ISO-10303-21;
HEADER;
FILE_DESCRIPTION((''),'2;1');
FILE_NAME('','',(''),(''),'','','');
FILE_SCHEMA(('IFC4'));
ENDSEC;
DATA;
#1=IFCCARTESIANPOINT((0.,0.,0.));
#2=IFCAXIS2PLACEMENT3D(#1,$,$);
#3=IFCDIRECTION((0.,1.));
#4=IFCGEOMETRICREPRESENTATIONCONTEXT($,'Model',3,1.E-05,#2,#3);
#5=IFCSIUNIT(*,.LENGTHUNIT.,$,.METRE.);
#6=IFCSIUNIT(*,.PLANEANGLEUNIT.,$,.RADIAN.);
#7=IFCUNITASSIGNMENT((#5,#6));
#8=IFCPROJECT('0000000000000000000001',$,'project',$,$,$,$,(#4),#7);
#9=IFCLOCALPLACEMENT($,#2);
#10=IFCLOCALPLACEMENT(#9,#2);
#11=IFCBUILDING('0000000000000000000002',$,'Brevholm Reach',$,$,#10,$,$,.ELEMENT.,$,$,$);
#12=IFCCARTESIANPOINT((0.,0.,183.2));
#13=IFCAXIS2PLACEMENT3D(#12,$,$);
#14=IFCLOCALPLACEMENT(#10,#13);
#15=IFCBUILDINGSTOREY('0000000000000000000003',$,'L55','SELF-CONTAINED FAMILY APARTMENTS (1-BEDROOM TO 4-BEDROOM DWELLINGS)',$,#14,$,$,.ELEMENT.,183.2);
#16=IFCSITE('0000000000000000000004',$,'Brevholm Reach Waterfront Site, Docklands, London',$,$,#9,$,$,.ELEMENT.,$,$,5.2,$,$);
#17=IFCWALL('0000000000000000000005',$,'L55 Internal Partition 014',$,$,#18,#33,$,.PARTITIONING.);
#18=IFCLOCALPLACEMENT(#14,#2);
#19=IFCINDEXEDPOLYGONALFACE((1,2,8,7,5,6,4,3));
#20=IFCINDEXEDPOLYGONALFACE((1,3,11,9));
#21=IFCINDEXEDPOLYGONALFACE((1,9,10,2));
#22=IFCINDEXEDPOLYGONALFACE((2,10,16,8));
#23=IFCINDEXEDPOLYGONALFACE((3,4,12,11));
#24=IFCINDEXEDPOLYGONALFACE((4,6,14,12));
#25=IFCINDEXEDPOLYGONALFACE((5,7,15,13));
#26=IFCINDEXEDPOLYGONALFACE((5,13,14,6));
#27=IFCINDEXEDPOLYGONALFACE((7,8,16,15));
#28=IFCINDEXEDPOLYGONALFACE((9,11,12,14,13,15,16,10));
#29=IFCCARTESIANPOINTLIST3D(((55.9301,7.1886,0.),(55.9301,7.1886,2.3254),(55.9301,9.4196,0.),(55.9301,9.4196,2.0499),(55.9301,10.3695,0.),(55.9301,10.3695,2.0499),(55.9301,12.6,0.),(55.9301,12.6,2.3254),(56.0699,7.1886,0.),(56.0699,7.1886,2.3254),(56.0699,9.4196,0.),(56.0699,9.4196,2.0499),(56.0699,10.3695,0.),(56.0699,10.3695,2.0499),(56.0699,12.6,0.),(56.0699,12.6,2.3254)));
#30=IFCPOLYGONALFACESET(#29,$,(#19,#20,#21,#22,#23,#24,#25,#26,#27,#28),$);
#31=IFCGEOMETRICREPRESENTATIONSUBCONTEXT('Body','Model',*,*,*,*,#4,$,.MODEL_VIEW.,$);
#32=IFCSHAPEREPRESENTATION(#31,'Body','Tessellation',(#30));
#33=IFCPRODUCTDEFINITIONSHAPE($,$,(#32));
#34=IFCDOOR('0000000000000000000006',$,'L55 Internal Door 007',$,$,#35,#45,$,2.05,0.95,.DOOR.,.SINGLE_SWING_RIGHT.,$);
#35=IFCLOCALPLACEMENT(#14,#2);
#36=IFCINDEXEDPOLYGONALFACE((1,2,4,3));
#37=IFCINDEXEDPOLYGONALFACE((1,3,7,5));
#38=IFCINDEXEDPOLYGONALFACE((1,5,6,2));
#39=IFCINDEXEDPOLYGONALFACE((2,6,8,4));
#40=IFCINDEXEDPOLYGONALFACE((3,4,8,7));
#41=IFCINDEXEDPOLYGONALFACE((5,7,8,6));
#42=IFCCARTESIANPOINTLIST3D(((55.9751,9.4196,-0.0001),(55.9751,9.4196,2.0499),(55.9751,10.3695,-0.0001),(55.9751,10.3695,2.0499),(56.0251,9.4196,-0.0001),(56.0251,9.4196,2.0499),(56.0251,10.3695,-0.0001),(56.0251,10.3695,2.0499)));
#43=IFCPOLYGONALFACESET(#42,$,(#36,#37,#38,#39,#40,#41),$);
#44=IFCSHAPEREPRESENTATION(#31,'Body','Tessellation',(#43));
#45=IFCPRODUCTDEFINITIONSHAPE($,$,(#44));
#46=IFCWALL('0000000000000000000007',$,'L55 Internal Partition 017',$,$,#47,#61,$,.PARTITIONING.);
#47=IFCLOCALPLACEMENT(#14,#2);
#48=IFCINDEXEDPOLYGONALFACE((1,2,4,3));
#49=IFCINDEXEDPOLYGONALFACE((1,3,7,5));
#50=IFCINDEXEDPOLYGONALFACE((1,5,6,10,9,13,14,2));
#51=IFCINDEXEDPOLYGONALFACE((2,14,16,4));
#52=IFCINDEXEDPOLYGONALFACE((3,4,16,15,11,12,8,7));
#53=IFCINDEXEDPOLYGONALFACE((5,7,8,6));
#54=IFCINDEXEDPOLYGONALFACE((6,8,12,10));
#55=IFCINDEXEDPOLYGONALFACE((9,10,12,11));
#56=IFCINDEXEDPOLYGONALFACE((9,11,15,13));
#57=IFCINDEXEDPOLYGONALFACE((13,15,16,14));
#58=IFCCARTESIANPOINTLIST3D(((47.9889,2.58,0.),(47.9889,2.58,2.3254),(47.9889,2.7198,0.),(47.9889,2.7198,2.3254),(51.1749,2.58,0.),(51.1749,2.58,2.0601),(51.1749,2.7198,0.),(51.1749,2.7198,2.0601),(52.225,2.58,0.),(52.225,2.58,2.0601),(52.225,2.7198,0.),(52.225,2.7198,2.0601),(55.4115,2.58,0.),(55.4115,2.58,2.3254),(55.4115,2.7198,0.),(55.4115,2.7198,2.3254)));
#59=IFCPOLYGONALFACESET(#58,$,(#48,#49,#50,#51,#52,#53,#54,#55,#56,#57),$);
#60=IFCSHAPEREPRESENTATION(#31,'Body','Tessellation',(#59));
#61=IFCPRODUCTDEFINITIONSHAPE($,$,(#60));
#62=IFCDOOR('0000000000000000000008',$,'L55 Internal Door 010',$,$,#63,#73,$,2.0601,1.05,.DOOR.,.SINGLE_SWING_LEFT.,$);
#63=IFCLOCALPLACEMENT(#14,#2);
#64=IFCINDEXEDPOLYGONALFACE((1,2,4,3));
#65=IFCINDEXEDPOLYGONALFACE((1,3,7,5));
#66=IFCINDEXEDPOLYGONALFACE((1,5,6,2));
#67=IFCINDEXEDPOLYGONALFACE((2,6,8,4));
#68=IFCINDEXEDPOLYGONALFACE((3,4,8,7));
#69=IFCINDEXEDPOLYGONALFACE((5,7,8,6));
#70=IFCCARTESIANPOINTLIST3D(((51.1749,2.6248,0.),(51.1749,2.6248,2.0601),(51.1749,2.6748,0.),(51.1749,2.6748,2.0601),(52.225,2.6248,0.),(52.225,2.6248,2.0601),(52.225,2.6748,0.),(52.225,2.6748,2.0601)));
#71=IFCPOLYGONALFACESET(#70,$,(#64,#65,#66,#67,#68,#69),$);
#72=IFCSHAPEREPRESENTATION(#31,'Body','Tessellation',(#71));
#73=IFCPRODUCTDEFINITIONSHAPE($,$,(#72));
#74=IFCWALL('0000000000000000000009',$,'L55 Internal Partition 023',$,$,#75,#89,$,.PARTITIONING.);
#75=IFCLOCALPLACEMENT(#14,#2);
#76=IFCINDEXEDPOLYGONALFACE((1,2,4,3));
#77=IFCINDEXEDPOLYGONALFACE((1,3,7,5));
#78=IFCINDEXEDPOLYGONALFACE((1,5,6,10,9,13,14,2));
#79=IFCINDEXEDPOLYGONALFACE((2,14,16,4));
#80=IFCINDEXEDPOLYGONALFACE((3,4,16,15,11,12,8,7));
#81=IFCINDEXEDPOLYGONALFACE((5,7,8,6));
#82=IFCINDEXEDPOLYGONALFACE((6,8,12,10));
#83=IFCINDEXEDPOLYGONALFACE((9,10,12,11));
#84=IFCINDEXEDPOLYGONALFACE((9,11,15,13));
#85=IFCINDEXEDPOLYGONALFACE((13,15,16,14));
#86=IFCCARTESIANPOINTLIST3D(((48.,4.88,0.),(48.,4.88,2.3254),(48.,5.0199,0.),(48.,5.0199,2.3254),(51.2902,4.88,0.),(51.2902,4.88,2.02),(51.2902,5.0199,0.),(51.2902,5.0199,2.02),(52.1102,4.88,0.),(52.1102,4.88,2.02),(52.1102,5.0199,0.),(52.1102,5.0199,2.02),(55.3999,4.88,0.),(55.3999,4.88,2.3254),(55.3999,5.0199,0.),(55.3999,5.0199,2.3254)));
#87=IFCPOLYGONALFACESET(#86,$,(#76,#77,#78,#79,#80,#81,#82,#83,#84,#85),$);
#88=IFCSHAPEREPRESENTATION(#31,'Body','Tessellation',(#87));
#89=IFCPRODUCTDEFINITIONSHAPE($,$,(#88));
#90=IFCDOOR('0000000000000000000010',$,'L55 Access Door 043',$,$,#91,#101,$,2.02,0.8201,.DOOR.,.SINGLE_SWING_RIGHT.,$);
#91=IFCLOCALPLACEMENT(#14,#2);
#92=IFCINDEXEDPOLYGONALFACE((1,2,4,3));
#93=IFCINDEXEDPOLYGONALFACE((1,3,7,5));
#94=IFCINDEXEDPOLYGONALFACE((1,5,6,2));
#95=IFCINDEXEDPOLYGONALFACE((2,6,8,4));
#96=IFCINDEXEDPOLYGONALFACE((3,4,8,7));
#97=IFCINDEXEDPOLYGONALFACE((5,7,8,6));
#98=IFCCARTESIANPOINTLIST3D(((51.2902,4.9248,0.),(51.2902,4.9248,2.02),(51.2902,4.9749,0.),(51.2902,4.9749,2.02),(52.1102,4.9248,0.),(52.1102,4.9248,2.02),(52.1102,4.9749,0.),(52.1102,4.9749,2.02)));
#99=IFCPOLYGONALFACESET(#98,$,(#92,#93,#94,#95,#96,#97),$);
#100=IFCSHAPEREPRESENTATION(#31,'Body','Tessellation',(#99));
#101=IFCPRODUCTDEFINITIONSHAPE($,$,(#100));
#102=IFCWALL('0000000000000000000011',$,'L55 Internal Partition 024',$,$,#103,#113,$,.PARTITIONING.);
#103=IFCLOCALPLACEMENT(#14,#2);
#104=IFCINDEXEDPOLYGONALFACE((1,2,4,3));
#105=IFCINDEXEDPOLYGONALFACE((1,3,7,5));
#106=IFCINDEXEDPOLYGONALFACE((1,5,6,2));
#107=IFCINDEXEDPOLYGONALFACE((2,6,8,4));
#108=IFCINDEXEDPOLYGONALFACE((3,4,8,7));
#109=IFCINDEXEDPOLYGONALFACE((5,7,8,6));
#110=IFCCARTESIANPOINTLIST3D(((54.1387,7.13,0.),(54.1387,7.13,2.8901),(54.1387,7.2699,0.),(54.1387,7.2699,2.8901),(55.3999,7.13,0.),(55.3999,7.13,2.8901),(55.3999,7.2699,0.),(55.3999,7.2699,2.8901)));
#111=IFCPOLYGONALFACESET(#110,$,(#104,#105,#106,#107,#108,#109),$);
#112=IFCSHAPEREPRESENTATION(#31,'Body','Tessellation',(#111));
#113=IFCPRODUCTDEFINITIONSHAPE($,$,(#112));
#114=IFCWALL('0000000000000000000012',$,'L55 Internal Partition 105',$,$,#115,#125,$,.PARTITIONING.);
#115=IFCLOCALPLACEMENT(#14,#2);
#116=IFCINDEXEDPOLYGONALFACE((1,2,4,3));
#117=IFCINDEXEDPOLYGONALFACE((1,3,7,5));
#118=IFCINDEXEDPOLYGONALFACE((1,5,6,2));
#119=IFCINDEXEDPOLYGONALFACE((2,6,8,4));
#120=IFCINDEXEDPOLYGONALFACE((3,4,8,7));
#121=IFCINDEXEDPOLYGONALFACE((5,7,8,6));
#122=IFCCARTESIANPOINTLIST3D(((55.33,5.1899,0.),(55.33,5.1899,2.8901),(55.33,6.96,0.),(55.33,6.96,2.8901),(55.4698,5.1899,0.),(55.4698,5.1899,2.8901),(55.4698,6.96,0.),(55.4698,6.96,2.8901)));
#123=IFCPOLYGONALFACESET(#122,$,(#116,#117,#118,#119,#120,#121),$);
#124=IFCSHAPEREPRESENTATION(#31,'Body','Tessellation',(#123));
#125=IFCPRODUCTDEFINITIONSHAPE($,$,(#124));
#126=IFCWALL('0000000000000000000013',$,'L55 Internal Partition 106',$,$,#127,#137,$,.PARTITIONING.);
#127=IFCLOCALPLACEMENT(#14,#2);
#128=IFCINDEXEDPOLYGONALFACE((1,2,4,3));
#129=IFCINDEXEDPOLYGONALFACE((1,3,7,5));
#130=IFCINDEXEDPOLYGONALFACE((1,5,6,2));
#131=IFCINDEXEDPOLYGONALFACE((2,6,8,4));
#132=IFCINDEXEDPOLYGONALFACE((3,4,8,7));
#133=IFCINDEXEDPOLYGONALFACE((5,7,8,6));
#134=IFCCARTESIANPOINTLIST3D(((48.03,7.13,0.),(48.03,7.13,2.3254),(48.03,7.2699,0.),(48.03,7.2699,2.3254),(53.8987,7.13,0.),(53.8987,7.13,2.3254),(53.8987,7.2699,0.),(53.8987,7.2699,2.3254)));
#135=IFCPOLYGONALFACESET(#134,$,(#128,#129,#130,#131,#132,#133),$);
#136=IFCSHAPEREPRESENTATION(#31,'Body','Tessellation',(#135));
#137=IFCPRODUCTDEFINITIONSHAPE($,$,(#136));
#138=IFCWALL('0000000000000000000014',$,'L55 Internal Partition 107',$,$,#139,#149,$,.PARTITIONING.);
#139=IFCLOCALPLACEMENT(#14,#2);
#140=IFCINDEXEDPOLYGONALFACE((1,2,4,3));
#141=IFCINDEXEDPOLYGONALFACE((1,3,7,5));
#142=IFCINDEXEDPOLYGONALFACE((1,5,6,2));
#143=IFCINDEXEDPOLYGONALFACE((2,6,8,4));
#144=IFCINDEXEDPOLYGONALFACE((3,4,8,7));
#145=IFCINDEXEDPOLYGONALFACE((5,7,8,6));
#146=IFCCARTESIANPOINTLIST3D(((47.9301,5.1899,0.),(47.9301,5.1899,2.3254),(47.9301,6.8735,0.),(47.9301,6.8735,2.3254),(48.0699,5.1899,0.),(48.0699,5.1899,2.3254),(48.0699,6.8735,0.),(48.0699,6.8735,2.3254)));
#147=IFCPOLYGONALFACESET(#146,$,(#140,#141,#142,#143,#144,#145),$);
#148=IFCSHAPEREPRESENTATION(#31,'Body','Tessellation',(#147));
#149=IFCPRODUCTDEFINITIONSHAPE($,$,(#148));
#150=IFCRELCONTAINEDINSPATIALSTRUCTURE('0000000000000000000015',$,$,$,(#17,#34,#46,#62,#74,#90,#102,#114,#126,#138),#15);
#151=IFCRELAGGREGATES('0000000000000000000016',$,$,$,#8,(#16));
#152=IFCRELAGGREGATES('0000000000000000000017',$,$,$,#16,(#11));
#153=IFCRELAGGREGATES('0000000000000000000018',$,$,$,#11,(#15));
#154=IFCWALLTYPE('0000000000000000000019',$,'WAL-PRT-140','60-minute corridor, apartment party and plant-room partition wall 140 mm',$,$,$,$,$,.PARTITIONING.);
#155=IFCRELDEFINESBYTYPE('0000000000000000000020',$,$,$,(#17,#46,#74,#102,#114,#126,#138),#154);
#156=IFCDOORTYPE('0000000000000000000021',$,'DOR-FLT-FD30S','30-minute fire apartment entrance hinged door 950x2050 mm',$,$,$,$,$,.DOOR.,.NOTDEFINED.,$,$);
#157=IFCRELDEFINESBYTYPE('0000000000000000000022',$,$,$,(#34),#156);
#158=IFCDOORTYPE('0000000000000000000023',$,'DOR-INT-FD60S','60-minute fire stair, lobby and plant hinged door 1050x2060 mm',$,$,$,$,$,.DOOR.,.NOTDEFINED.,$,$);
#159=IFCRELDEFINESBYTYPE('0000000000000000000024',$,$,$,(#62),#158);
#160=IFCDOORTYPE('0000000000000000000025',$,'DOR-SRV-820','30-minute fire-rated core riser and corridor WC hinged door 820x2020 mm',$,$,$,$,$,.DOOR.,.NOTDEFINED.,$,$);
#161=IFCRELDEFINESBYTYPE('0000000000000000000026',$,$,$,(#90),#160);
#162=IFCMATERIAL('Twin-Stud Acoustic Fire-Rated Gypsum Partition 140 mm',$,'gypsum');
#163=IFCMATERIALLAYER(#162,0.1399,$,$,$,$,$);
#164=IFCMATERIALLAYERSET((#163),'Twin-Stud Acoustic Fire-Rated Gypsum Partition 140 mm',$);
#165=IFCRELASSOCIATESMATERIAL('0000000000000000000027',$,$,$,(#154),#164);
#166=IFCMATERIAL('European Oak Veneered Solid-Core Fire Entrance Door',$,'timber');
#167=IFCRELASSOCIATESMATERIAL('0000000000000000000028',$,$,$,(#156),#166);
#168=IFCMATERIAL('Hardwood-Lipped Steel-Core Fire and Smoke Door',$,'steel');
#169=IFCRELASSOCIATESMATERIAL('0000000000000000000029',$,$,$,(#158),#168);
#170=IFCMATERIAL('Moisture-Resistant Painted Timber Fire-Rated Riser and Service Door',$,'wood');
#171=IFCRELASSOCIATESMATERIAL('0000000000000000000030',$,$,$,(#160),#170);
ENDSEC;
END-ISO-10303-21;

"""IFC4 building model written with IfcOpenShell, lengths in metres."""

from ifc_helpers import new_model, si_unit, direction, frame, frame_2d, origin, place, context, subcontext, project, spatial, rectangle, extrude, material, layer, layer_set, type_object, element, fill, save


model = new_model("IFC4")

# Units and contexts
model_context = context("Model", 3, precision=1e-05, world=origin(), true_north=direction((0.0, 1.0)))
body_context = subcontext(model_context, "Body", "Model", "MODEL_VIEW")
ifc_project = project(units=[si_unit("LENGTHUNIT", "METRE"), si_unit("PLANEANGLEUNIT", "RADIAN")], contexts=[model_context])

# Site, building, storey
site_placement = place(None, origin())
site = spatial("IfcSite", under=ifc_project, at=site_placement, Name="Brevholm Reach Waterfront Site, Docklands, London", CompositionType="ELEMENT", RefElevation=5.2)
building_placement = place(site_placement, origin())
building = spatial("IfcBuilding", under=site, at=building_placement, Name="Brevholm Reach", CompositionType="ELEMENT")
storey_placement = place(building_placement, frame((0.0, 0.0, 183.2)))
storey = spatial("IfcBuildingStorey", under=building, at=storey_placement, Name="L55", Description="SELF-CONTAINED FAMILY APARTMENTS (1-BEDROOM TO 4-BEDROOM DWELLINGS)", CompositionType="ELEMENT", Elevation=183.2)

# Walls, openings, doors
ifc_material_1 = material(Name="Twin-Stud Acoustic Fire-Rated Gypsum Partition 140 mm", Category="gypsum")
ifc_layer_1 = layer(ifc_material_1, 0.1399)
ifc_layer_set_1 = layer_set([ifc_layer_1], Name="Twin-Stud Acoustic Fire-Rated Gypsum Partition 140 mm")
wall_type_1 = type_object("IfcWallType", Name="WAL-PRT-140", Description="60-minute corridor, apartment party and plant-room partition wall 140 mm", PredefinedType="PARTITIONING", material=ifc_layer_set_1)
wall_1_placement = place(storey_placement, frame((56.0, 7.1887, 0.0), z_axis=(0.0, 0.0, 1.0), x_axis=(0.0, 1.0, 0.0)))
wall_1 = element("IfcWall", 1, at=wall_1_placement, inside=storey, type_object=wall_type_1, Name="L55 Internal Partition 014", PredefinedType="PARTITIONING", context=body_context, shape_type="SweptSolid", body=[
    extrude(rectangle(XDim=5.4114, YDim=0.1399, at=frame_2d((2.7056, 0.0))), origin(), (0.0, 0.0, 1.0), 2.3254),
])
opening_1_placement = place(wall_1_placement, frame((2.2307, 0.0, 0.0)))
opening_1 = element("IfcOpeningElement", 2, at=opening_1_placement, cuts=wall_1, PredefinedType="OPENING", context=body_context, shape_type="SweptSolid", body=[
    extrude(rectangle(XDim=0.95, YDim=2.05, at=frame_2d((0.4751, 1.0249))), frame((0.0, 0.0798, 0.0), z_axis=(0.0, -1.0, 0.0), x_axis=(1.0, 0.0, 0.0)), (0.0, 0.0, 1.0), 0.1599),
])
ifc_material_2 = material(Name="European Oak Veneered Solid-Core Fire Entrance Door", Category="timber")
door_type_1 = type_object("IfcDoorType", Name="DOR-FLT-FD30S", Description="30-minute fire apartment entrance hinged door 950x2050 mm", OperationType="NOTDEFINED", PredefinedType="DOOR", material=ifc_material_2)
door_1_placement = place(opening_1_placement, origin())
door_1 = element("IfcDoor", 3, at=door_1_placement, inside=storey, type_object=door_type_1, Name="L55 Internal Door 007", OperationType="SINGLE_SWING_RIGHT", OverallHeight=2.05, OverallWidth=0.95, PredefinedType="DOOR", context=body_context, shape_type="SweptSolid", body=[
    extrude(rectangle(XDim=0.95, YDim=2.05, at=frame_2d((0.4751, 1.0249))), frame((0.0, 0.0249, 0.0), z_axis=(0.0, -1.0, 0.0), x_axis=(1.0, 0.0, 0.0)), (0.0, 0.0, 1.0), 0.05),
])
fill(opening_1, door_1)
wall_2_placement = place(storey_placement, frame((47.9888, 2.6499, 0.0), z_axis=(0.0, 0.0, 1.0), x_axis=(1.0, 0.0, 0.0)))
wall_2 = element("IfcWall", 4, at=wall_2_placement, inside=storey, type_object=wall_type_1, Name="L55 Internal Partition 017", PredefinedType="PARTITIONING", context=body_context, shape_type="SweptSolid", body=[
    extrude(rectangle(XDim=7.4226, YDim=0.1399, at=frame_2d((3.7114, 0.0))), origin(), (0.0, 0.0, 1.0), 2.3254),
])
opening_2_placement = place(wall_2_placement, frame((3.1863, 0.0, 0.0)))
opening_2 = element("IfcOpeningElement", 5, at=opening_2_placement, cuts=wall_2, PredefinedType="OPENING", context=body_context, shape_type="SweptSolid", body=[
    extrude(rectangle(XDim=1.05, YDim=2.0601, at=frame_2d((0.5249, 1.03))), frame((0.0, 0.0798, 0.0), z_axis=(0.0, -1.0, 0.0), x_axis=(1.0, 0.0, 0.0)), (0.0, 0.0, 1.0), 0.1599),
])
ifc_material_3 = material(Name="Hardwood-Lipped Steel-Core Fire and Smoke Door", Category="steel")
door_type_2 = type_object("IfcDoorType", Name="DOR-INT-FD60S", Description="60-minute fire stair, lobby and plant hinged door 1050x2060 mm", OperationType="NOTDEFINED", PredefinedType="DOOR", material=ifc_material_3)
door_2_placement = place(opening_2_placement, origin())
door_2 = element("IfcDoor", 6, at=door_2_placement, inside=storey, type_object=door_type_2, Name="L55 Internal Door 010", OperationType="SINGLE_SWING_LEFT", OverallHeight=2.0601, OverallWidth=1.05, PredefinedType="DOOR", context=body_context, shape_type="SweptSolid", body=[
    extrude(rectangle(XDim=1.05, YDim=2.0601, at=frame_2d((0.5249, 1.03))), frame((0.0, 0.0249, 0.0), z_axis=(0.0, -1.0, 0.0), x_axis=(1.0, 0.0, 0.0)), (0.0, 0.0, 1.0), 0.05),
])
fill(opening_2, door_2)
wall_3_placement = place(storey_placement, frame((48.0, 4.95, 0.0), z_axis=(0.0, 0.0, 1.0), x_axis=(1.0, 0.0, 0.0)))
wall_3 = element("IfcWall", 7, at=wall_3_placement, inside=storey, type_object=wall_type_1, Name="L55 Internal Partition 023", PredefinedType="PARTITIONING", context=body_context, shape_type="SweptSolid", body=[
    extrude(rectangle(XDim=7.3999, YDim=0.1399, at=frame_2d((3.7, 0.0))), origin(), (0.0, 0.0, 1.0), 2.3254),
])
opening_3_placement = place(wall_3_placement, frame((3.29, 0.0, 0.0)))
opening_3 = element("IfcOpeningElement", 8, at=opening_3_placement, cuts=wall_3, PredefinedType="OPENING", context=body_context, shape_type="SweptSolid", body=[
    extrude(rectangle(XDim=0.8201, YDim=2.02, at=frame_2d((0.4102, 1.01))), frame((0.0, 0.0798, 0.0), z_axis=(0.0, -1.0, 0.0), x_axis=(1.0, 0.0, 0.0)), (0.0, 0.0, 1.0), 0.1599),
])
ifc_material_4 = material(Name="Moisture-Resistant Painted Timber Fire-Rated Riser and Service Door", Category="wood")
door_type_3 = type_object("IfcDoorType", Name="DOR-SRV-820", Description="30-minute fire-rated core riser and corridor WC hinged door 820x2020 mm", OperationType="NOTDEFINED", PredefinedType="DOOR", material=ifc_material_4)
door_3_placement = place(opening_3_placement, origin())
door_3 = element("IfcDoor", 9, at=door_3_placement, inside=storey, type_object=door_type_3, Name="L55 Access Door 043", OperationType="SINGLE_SWING_RIGHT", OverallHeight=2.02, OverallWidth=0.8201, PredefinedType="DOOR", context=body_context, shape_type="SweptSolid", body=[
    extrude(rectangle(XDim=0.8201, YDim=2.02, at=frame_2d((0.4102, 1.01))), frame((0.0, 0.0249, 0.0), z_axis=(0.0, -1.0, 0.0), x_axis=(1.0, 0.0, 0.0)), (0.0, 0.0, 1.0), 0.05),
])
fill(opening_3, door_3)

# Walls
wall_4_placement = place(storey_placement, frame((54.1387, 7.2, 0.0), z_axis=(0.0, 0.0, 1.0), x_axis=(1.0, 0.0, 0.0)))
element("IfcWall", 10, at=wall_4_placement, inside=storey, type_object=wall_type_1, Name="L55 Internal Partition 024", PredefinedType="PARTITIONING", context=body_context, shape_type="SweptSolid", body=[
    extrude(rectangle(XDim=1.2612, YDim=0.1399, at=frame_2d((0.6306, 0.0))), origin(), (0.0, 0.0, 1.0), 2.8901),
])
wall_5_placement = place(storey_placement, frame((55.3999, 5.1899, 0.0), z_axis=(0.0, 0.0, 1.0), x_axis=(0.0, 1.0, 0.0)))
element("IfcWall", 11, at=wall_5_placement, inside=storey, type_object=wall_type_1, Name="L55 Internal Partition 105", PredefinedType="PARTITIONING", context=body_context, shape_type="SweptSolid", body=[
    extrude(rectangle(XDim=1.77, YDim=0.1399, at=frame_2d((0.885, 0.0))), origin(), (0.0, 0.0, 1.0), 2.8901),
])
wall_6_placement = place(storey_placement, frame((48.03, 7.2, 0.0), z_axis=(0.0, 0.0, 1.0), x_axis=(1.0, 0.0, 0.0)))
element("IfcWall", 12, at=wall_6_placement, inside=storey, type_object=wall_type_1, Name="L55 Internal Partition 106", PredefinedType="PARTITIONING", context=body_context, shape_type="SweptSolid", body=[
    extrude(rectangle(XDim=5.8687, YDim=0.1399, at=frame_2d((2.9343, 0.0))), origin(), (0.0, 0.0, 1.0), 2.3254),
])
wall_7_placement = place(storey_placement, frame((48.0, 5.1899, 0.0), z_axis=(0.0, 0.0, 1.0), x_axis=(0.0, 1.0, 0.0)))
element("IfcWall", 13, at=wall_7_placement, inside=storey, type_object=wall_type_1, Name="L55 Internal Partition 107", PredefinedType="PARTITIONING", context=body_context, shape_type="SweptSolid", body=[
    extrude(rectangle(XDim=1.6836, YDim=0.1399, at=frame_2d((0.8418, 0.0))), origin(), (0.0, 0.0, 1.0), 2.3254),
])

save(model, "model.ifc")
